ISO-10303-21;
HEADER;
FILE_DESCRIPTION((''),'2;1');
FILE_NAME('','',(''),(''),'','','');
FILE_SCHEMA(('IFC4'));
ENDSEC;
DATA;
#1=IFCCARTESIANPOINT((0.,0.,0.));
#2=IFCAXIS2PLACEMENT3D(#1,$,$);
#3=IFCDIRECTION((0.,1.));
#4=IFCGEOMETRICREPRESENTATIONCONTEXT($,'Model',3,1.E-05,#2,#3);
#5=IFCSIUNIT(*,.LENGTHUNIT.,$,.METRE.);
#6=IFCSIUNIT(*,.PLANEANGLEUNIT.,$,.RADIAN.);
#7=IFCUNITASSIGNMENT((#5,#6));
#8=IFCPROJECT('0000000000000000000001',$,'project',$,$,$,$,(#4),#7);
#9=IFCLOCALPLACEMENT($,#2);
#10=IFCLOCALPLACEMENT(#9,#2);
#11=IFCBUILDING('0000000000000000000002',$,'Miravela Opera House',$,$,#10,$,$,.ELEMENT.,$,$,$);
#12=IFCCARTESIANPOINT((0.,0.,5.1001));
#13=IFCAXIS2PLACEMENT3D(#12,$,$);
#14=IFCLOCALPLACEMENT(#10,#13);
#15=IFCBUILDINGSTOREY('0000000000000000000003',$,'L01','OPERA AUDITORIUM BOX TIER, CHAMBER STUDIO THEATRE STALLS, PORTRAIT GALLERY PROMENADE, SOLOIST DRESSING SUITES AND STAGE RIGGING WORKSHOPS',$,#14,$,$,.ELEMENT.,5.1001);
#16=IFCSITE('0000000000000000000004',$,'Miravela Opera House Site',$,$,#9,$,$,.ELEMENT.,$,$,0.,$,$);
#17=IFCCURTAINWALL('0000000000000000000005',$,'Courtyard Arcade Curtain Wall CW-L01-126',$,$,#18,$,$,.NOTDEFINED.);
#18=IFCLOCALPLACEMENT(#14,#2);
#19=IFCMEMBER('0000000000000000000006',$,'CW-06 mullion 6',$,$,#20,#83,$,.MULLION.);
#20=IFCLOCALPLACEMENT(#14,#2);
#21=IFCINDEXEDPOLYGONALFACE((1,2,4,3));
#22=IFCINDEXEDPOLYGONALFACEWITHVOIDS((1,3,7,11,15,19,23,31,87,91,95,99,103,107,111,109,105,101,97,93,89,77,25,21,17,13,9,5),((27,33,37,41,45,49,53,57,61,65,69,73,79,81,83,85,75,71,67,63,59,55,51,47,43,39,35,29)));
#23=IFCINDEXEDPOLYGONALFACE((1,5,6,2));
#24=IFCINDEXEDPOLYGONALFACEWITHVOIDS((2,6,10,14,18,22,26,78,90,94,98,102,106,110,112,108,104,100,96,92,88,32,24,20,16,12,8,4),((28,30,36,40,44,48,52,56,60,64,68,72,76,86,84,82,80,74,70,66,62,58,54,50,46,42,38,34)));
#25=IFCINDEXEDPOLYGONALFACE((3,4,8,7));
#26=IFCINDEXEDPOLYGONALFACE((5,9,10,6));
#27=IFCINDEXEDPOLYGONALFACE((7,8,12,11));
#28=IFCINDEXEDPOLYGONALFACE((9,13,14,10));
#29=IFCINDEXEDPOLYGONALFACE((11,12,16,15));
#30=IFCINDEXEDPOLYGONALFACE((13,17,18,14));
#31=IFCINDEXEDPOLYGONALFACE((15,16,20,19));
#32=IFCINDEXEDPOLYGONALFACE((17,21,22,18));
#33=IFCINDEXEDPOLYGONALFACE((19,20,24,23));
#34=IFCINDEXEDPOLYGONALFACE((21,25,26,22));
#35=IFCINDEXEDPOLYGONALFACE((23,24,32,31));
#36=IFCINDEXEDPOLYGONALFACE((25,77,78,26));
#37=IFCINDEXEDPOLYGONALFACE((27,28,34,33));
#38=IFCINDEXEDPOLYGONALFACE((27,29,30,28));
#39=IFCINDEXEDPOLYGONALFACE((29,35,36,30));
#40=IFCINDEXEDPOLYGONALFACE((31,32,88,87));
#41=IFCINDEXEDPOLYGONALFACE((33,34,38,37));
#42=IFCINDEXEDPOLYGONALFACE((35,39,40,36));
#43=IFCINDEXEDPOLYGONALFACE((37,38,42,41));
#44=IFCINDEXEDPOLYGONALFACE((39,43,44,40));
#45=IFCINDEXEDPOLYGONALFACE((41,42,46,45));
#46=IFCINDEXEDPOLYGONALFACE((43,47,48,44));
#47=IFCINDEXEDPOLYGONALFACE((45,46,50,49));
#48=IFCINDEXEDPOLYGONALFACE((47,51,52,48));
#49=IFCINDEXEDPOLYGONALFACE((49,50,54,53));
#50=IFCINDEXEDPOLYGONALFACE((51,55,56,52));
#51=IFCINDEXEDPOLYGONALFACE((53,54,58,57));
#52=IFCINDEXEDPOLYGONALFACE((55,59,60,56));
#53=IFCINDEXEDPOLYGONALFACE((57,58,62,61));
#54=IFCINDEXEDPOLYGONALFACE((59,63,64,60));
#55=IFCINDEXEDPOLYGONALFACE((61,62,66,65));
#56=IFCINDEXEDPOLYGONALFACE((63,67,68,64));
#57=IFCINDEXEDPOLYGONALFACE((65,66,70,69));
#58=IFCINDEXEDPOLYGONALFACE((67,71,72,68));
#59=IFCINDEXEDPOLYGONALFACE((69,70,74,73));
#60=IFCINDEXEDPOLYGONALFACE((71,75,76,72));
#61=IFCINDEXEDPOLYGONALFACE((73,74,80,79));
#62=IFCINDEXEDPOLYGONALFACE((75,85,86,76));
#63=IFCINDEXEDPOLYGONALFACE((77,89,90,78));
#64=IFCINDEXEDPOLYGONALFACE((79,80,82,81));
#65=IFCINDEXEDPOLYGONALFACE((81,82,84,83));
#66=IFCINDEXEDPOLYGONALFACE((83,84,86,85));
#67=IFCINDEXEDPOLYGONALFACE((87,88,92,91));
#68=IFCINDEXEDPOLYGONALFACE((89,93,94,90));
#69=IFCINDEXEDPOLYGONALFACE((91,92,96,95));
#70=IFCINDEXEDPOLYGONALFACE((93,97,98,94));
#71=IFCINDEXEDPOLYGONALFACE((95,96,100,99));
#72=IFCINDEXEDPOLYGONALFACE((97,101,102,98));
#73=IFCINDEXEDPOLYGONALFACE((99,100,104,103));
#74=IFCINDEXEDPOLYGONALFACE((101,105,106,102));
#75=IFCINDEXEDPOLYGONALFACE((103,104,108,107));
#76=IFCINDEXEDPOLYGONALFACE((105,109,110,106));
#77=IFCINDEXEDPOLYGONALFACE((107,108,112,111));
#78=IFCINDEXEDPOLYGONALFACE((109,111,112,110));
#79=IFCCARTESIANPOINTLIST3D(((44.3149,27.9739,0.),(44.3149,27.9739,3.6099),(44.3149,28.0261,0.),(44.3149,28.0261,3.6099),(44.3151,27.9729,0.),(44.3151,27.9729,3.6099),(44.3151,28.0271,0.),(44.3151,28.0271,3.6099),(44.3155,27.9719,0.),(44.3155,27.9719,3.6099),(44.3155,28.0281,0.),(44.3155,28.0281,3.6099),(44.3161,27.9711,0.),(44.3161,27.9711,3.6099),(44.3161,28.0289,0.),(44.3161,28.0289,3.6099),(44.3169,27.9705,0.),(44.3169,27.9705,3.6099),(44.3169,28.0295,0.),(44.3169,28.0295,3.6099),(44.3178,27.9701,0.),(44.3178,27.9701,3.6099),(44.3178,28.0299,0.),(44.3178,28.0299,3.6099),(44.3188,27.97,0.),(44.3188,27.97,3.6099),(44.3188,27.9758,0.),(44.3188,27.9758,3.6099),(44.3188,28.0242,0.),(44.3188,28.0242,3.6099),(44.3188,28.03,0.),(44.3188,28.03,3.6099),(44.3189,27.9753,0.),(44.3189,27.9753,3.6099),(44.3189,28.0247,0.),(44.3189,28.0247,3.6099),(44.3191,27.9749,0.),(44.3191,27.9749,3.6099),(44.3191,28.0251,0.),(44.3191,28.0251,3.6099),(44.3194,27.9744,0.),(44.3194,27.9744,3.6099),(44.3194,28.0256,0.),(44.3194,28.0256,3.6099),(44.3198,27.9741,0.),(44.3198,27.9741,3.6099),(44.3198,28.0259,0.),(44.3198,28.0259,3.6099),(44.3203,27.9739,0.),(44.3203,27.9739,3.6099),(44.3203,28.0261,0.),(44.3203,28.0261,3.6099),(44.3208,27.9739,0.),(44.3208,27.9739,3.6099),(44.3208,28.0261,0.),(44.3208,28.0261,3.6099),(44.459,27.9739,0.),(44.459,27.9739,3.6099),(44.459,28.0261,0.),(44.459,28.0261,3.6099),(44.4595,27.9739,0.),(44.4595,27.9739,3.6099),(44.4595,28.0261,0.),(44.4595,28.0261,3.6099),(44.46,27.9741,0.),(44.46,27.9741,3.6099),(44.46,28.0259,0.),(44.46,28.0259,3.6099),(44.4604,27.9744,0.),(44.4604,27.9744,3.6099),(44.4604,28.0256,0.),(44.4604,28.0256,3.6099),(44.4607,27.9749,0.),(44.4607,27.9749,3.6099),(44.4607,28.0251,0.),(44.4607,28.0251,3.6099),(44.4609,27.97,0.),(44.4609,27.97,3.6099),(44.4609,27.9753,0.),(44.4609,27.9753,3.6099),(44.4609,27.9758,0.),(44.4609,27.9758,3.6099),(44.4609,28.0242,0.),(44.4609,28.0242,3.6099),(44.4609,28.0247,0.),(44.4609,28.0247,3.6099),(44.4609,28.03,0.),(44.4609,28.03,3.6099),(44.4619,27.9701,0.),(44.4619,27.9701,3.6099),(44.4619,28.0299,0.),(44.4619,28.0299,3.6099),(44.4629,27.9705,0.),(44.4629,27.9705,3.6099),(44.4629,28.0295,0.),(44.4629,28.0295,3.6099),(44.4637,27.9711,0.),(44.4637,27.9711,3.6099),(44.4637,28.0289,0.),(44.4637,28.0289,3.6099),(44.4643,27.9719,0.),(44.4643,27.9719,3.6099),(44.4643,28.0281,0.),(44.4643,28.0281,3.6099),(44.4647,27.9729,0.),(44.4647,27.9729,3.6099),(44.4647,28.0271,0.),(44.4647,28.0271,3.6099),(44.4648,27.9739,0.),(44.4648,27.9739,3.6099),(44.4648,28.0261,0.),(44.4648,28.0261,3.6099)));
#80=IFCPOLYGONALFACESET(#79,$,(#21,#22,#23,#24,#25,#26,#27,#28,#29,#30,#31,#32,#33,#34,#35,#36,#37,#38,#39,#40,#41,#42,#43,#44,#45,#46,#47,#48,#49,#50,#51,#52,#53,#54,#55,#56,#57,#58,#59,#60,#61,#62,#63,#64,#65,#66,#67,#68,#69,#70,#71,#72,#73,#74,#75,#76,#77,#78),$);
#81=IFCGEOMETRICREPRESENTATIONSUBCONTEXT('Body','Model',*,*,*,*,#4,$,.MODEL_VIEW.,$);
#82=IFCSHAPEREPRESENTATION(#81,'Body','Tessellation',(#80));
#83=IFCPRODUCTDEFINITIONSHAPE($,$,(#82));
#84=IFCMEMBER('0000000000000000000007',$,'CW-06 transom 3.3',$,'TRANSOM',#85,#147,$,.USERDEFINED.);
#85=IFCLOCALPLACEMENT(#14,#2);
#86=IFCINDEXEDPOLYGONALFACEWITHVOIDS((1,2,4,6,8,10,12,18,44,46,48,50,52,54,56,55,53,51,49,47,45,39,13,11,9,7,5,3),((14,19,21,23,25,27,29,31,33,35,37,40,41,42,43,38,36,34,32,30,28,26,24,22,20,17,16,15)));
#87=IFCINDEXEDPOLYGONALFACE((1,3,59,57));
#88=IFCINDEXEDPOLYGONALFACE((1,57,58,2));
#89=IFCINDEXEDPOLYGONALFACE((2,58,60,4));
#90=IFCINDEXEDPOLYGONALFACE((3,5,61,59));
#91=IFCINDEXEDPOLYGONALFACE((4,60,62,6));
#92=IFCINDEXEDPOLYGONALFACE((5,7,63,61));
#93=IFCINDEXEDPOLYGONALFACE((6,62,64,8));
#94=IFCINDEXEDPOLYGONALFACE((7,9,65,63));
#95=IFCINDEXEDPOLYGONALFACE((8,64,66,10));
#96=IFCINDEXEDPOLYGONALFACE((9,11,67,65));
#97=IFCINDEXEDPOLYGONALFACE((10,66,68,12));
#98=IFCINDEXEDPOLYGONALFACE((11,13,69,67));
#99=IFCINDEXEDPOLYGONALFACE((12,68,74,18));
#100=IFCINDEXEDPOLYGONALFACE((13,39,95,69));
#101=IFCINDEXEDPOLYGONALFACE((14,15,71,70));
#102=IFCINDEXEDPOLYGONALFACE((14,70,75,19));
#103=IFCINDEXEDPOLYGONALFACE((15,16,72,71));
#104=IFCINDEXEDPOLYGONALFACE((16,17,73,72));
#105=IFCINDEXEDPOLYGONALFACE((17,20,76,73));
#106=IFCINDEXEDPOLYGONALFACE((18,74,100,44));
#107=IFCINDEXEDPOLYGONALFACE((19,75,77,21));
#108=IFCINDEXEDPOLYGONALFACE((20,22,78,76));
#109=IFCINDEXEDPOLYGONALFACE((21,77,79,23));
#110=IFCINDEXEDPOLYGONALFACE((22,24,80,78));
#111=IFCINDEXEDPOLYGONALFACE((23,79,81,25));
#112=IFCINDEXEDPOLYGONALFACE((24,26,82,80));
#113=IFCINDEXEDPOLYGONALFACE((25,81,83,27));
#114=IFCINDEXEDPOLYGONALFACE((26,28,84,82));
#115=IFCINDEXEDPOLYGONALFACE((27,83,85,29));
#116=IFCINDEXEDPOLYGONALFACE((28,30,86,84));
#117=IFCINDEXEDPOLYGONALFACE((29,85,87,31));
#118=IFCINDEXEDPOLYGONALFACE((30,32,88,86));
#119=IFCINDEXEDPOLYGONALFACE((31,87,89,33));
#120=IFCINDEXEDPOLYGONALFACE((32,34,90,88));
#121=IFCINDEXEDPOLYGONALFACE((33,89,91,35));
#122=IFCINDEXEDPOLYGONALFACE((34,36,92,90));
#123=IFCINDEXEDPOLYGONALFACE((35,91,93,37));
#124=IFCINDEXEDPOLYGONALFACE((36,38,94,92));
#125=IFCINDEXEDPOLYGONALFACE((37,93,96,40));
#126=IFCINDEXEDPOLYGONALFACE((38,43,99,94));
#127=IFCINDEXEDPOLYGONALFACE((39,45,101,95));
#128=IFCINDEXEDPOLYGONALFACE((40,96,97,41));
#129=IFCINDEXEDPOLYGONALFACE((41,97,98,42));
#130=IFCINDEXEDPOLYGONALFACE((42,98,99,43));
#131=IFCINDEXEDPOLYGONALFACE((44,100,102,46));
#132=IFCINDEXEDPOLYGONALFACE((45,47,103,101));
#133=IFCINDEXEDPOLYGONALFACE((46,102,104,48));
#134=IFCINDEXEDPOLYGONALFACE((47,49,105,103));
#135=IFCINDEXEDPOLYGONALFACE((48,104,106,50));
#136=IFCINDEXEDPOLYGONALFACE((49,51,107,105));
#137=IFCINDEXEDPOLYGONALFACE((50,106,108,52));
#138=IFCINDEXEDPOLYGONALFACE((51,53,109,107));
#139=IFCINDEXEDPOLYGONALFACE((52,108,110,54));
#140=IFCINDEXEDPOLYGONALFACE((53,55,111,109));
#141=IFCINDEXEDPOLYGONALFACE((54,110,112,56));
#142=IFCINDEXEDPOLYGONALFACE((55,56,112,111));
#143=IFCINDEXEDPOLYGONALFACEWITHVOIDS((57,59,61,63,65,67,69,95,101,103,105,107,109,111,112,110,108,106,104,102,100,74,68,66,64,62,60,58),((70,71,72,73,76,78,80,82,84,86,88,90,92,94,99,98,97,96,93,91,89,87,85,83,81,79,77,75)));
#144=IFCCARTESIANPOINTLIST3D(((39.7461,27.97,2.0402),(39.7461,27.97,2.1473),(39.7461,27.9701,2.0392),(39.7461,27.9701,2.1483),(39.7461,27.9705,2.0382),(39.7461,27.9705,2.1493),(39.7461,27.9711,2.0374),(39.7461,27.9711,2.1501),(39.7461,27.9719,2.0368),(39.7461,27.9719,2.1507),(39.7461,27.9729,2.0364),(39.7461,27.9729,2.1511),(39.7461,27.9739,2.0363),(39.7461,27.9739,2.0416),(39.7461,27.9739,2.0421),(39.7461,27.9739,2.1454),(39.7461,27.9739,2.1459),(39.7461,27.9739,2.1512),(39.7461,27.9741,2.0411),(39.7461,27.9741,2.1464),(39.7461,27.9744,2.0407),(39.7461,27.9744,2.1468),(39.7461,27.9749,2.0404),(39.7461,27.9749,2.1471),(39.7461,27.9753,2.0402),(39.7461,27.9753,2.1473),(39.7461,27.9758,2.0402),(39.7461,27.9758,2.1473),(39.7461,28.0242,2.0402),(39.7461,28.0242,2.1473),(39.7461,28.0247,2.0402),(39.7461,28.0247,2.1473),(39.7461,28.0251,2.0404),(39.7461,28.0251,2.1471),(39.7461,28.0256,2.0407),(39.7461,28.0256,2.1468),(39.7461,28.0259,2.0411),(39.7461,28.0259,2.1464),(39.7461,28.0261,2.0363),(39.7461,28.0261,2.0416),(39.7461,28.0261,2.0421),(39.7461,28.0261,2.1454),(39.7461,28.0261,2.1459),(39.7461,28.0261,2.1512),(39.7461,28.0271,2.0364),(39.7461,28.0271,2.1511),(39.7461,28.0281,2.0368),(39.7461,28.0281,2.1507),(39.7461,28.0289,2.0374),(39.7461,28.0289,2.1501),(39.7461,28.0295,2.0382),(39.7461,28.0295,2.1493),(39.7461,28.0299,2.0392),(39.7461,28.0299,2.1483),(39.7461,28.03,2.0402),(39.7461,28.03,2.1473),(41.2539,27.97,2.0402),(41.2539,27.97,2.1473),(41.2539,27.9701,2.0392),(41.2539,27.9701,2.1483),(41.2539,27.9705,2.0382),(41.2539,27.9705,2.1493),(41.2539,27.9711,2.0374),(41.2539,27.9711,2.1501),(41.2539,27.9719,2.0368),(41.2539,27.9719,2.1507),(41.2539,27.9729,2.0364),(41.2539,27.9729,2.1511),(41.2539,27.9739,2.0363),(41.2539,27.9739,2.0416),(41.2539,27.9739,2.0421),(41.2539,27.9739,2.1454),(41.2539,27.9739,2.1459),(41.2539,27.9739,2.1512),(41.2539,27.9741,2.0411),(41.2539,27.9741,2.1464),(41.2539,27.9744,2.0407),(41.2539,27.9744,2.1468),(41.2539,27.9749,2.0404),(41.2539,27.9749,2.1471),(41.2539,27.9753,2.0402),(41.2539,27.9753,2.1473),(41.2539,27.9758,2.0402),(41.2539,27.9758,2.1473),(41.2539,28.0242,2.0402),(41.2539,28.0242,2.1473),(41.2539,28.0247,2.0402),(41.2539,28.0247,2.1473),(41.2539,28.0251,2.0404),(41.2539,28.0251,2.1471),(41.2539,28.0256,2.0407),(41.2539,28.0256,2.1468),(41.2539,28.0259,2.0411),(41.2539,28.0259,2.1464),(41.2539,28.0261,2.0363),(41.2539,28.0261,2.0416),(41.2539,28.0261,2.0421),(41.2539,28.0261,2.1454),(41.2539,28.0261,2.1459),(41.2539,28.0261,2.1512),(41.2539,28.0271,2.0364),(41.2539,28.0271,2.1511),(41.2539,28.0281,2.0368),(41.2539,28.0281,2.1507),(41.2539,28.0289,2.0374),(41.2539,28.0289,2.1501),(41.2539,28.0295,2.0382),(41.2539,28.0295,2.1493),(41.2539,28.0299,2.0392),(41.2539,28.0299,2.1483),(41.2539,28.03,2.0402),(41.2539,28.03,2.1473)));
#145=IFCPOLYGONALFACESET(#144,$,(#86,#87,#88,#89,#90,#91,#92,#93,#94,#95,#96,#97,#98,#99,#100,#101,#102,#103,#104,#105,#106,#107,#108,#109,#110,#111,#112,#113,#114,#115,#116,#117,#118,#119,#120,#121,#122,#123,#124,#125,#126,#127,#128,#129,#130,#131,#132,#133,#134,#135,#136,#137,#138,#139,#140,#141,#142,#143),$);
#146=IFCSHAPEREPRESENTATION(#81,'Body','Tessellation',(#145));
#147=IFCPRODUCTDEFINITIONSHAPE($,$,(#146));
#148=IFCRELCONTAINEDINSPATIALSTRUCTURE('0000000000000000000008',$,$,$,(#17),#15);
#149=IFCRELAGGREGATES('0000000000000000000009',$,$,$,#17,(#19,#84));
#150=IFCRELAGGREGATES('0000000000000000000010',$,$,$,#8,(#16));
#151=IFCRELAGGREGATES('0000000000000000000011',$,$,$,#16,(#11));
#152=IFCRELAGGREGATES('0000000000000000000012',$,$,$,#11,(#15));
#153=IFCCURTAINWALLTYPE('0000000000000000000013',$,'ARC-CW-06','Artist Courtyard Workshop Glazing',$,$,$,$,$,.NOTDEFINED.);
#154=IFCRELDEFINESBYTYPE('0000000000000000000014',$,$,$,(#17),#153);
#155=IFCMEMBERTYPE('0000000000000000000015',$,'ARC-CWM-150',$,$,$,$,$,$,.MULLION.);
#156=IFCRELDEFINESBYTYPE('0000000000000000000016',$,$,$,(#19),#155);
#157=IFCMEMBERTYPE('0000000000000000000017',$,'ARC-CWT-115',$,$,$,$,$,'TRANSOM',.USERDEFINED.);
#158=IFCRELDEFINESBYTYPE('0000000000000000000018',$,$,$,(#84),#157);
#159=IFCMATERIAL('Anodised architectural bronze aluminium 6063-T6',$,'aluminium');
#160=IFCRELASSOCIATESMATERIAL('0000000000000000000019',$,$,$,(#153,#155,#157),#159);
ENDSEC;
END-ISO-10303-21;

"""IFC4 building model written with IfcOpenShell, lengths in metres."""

from ifc_helpers import new_model, si_unit, direction, frame, origin, origin_2d, place, context, subcontext, project, spatial, hollow_rectangle, extrude, material, material_profile, profile_set, type_object, element, aggregate, save


model = new_model("IFC4")

# Units and contexts
model_context = context("Model", 3, precision=1e-05, world=origin(), true_north=direction((0.0, 1.0)))
body_context = subcontext(model_context, "Body", "Model", "MODEL_VIEW")
ifc_project = project(units=[si_unit("LENGTHUNIT", "METRE"), si_unit("PLANEANGLEUNIT", "RADIAN")], contexts=[model_context])

# Site, building, storey
site_placement = place(None, origin())
site = spatial("IfcSite", under=ifc_project, at=site_placement, Name="Miravela Opera House Site", CompositionType="ELEMENT", RefElevation=0.0)
building_placement = place(site_placement, origin())
building = spatial("IfcBuilding", under=site, at=building_placement, Name="Miravela Opera House", CompositionType="ELEMENT")
storey_placement = place(building_placement, frame((0.0, 0.0, 5.1001)))
storey = spatial("IfcBuildingStorey", under=building, at=storey_placement, Name="L01", Description="OPERA AUDITORIUM BOX TIER, CHAMBER STUDIO THEATRE STALLS, PORTRAIT GALLERY PROMENADE, SOLOIST DRESSING SUITES AND STAGE RIGGING WORKSHOPS", CompositionType="ELEMENT", Elevation=5.1001)

# Curtain wall, members
ifc_material_1 = material(Name="Anodised architectural bronze aluminium 6063-T6", Category="aluminium")
curtain_wall_type = type_object("IfcCurtainWallType", Name="ARC-CW-06", Description="Artist Courtyard Workshop Glazing", PredefinedType="NOTDEFINED", material=ifc_material_1)
curtain_wall_placement = place(storey_placement, origin())
curtain_wall = element("IfcCurtainWall", 1, at=curtain_wall_placement, inside=storey, type_object=curtain_wall_type, Name="Courtyard Arcade Curtain Wall CW-L01-126", PredefinedType="NOTDEFINED")
ifc_material_profile_1 = material_profile(ifc_material_1, hollow_rectangle(XDim=0.0601, YDim=0.1499, WallThickness=0.0039, InnerFilletRadius=0.002, OuterFilletRadius=0.0039, at=origin_2d()), Name="CWM-60X150")
ifc_profile_set_1 = profile_set([ifc_material_profile_1])
member_type_1 = type_object("IfcMemberType", Name="ARC-CWM-150", PredefinedType="MULLION", material=ifc_profile_set_1)
member_1_placement = place(storey_placement, frame((44.3899, 28.0, 0.0), z_axis=(0.0, 0.0, 1.0), x_axis=(0.0, 1.0, 0.0)))
member_1 = element("IfcMember", 2, at=member_1_placement, type_object=member_type_1, Name="CW-06 mullion 6", PredefinedType="MULLION", context=body_context, shape_type="SweptSolid", body=[
    extrude(hollow_rectangle(XDim=0.0601, YDim=0.1499, WallThickness=0.0039, InnerFilletRadius=0.002, OuterFilletRadius=0.0039, at=origin_2d()), origin(), (0.0, 0.0, 1.0), 3.6099),
])
ifc_material_profile_2 = material_profile(ifc_material_1, hollow_rectangle(XDim=0.0601, YDim=0.115, WallThickness=0.0039, InnerFilletRadius=0.002, OuterFilletRadius=0.0039, at=origin_2d()), Name="CWT-60X115")
ifc_profile_set_2 = profile_set([ifc_material_profile_2])
member_type_2 = type_object("IfcMemberType", Name="ARC-CWT-115", ElementType="TRANSOM", PredefinedType="USERDEFINED", material=ifc_profile_set_2)
member_2_placement = place(storey_placement, frame((39.7461, 28.0, 2.0938), z_axis=(1.0, 0.0, 0.0), x_axis=(0.0, 1.0, 0.0)))
member_2 = element("IfcMember", 3, at=member_2_placement, type_object=member_type_2, Name="CW-06 transom 3.3", ObjectType="TRANSOM", PredefinedType="USERDEFINED", context=body_context, shape_type="SweptSolid", body=[
    extrude(hollow_rectangle(XDim=0.0601, YDim=0.115, WallThickness=0.0039, InnerFilletRadius=0.002, OuterFilletRadius=0.0039, at=origin_2d()), origin(), (0.0, 0.0, 1.0), 1.5078),
])

aggregate(curtain_wall, [member_1, member_2])

save(model, "model.ifc")
